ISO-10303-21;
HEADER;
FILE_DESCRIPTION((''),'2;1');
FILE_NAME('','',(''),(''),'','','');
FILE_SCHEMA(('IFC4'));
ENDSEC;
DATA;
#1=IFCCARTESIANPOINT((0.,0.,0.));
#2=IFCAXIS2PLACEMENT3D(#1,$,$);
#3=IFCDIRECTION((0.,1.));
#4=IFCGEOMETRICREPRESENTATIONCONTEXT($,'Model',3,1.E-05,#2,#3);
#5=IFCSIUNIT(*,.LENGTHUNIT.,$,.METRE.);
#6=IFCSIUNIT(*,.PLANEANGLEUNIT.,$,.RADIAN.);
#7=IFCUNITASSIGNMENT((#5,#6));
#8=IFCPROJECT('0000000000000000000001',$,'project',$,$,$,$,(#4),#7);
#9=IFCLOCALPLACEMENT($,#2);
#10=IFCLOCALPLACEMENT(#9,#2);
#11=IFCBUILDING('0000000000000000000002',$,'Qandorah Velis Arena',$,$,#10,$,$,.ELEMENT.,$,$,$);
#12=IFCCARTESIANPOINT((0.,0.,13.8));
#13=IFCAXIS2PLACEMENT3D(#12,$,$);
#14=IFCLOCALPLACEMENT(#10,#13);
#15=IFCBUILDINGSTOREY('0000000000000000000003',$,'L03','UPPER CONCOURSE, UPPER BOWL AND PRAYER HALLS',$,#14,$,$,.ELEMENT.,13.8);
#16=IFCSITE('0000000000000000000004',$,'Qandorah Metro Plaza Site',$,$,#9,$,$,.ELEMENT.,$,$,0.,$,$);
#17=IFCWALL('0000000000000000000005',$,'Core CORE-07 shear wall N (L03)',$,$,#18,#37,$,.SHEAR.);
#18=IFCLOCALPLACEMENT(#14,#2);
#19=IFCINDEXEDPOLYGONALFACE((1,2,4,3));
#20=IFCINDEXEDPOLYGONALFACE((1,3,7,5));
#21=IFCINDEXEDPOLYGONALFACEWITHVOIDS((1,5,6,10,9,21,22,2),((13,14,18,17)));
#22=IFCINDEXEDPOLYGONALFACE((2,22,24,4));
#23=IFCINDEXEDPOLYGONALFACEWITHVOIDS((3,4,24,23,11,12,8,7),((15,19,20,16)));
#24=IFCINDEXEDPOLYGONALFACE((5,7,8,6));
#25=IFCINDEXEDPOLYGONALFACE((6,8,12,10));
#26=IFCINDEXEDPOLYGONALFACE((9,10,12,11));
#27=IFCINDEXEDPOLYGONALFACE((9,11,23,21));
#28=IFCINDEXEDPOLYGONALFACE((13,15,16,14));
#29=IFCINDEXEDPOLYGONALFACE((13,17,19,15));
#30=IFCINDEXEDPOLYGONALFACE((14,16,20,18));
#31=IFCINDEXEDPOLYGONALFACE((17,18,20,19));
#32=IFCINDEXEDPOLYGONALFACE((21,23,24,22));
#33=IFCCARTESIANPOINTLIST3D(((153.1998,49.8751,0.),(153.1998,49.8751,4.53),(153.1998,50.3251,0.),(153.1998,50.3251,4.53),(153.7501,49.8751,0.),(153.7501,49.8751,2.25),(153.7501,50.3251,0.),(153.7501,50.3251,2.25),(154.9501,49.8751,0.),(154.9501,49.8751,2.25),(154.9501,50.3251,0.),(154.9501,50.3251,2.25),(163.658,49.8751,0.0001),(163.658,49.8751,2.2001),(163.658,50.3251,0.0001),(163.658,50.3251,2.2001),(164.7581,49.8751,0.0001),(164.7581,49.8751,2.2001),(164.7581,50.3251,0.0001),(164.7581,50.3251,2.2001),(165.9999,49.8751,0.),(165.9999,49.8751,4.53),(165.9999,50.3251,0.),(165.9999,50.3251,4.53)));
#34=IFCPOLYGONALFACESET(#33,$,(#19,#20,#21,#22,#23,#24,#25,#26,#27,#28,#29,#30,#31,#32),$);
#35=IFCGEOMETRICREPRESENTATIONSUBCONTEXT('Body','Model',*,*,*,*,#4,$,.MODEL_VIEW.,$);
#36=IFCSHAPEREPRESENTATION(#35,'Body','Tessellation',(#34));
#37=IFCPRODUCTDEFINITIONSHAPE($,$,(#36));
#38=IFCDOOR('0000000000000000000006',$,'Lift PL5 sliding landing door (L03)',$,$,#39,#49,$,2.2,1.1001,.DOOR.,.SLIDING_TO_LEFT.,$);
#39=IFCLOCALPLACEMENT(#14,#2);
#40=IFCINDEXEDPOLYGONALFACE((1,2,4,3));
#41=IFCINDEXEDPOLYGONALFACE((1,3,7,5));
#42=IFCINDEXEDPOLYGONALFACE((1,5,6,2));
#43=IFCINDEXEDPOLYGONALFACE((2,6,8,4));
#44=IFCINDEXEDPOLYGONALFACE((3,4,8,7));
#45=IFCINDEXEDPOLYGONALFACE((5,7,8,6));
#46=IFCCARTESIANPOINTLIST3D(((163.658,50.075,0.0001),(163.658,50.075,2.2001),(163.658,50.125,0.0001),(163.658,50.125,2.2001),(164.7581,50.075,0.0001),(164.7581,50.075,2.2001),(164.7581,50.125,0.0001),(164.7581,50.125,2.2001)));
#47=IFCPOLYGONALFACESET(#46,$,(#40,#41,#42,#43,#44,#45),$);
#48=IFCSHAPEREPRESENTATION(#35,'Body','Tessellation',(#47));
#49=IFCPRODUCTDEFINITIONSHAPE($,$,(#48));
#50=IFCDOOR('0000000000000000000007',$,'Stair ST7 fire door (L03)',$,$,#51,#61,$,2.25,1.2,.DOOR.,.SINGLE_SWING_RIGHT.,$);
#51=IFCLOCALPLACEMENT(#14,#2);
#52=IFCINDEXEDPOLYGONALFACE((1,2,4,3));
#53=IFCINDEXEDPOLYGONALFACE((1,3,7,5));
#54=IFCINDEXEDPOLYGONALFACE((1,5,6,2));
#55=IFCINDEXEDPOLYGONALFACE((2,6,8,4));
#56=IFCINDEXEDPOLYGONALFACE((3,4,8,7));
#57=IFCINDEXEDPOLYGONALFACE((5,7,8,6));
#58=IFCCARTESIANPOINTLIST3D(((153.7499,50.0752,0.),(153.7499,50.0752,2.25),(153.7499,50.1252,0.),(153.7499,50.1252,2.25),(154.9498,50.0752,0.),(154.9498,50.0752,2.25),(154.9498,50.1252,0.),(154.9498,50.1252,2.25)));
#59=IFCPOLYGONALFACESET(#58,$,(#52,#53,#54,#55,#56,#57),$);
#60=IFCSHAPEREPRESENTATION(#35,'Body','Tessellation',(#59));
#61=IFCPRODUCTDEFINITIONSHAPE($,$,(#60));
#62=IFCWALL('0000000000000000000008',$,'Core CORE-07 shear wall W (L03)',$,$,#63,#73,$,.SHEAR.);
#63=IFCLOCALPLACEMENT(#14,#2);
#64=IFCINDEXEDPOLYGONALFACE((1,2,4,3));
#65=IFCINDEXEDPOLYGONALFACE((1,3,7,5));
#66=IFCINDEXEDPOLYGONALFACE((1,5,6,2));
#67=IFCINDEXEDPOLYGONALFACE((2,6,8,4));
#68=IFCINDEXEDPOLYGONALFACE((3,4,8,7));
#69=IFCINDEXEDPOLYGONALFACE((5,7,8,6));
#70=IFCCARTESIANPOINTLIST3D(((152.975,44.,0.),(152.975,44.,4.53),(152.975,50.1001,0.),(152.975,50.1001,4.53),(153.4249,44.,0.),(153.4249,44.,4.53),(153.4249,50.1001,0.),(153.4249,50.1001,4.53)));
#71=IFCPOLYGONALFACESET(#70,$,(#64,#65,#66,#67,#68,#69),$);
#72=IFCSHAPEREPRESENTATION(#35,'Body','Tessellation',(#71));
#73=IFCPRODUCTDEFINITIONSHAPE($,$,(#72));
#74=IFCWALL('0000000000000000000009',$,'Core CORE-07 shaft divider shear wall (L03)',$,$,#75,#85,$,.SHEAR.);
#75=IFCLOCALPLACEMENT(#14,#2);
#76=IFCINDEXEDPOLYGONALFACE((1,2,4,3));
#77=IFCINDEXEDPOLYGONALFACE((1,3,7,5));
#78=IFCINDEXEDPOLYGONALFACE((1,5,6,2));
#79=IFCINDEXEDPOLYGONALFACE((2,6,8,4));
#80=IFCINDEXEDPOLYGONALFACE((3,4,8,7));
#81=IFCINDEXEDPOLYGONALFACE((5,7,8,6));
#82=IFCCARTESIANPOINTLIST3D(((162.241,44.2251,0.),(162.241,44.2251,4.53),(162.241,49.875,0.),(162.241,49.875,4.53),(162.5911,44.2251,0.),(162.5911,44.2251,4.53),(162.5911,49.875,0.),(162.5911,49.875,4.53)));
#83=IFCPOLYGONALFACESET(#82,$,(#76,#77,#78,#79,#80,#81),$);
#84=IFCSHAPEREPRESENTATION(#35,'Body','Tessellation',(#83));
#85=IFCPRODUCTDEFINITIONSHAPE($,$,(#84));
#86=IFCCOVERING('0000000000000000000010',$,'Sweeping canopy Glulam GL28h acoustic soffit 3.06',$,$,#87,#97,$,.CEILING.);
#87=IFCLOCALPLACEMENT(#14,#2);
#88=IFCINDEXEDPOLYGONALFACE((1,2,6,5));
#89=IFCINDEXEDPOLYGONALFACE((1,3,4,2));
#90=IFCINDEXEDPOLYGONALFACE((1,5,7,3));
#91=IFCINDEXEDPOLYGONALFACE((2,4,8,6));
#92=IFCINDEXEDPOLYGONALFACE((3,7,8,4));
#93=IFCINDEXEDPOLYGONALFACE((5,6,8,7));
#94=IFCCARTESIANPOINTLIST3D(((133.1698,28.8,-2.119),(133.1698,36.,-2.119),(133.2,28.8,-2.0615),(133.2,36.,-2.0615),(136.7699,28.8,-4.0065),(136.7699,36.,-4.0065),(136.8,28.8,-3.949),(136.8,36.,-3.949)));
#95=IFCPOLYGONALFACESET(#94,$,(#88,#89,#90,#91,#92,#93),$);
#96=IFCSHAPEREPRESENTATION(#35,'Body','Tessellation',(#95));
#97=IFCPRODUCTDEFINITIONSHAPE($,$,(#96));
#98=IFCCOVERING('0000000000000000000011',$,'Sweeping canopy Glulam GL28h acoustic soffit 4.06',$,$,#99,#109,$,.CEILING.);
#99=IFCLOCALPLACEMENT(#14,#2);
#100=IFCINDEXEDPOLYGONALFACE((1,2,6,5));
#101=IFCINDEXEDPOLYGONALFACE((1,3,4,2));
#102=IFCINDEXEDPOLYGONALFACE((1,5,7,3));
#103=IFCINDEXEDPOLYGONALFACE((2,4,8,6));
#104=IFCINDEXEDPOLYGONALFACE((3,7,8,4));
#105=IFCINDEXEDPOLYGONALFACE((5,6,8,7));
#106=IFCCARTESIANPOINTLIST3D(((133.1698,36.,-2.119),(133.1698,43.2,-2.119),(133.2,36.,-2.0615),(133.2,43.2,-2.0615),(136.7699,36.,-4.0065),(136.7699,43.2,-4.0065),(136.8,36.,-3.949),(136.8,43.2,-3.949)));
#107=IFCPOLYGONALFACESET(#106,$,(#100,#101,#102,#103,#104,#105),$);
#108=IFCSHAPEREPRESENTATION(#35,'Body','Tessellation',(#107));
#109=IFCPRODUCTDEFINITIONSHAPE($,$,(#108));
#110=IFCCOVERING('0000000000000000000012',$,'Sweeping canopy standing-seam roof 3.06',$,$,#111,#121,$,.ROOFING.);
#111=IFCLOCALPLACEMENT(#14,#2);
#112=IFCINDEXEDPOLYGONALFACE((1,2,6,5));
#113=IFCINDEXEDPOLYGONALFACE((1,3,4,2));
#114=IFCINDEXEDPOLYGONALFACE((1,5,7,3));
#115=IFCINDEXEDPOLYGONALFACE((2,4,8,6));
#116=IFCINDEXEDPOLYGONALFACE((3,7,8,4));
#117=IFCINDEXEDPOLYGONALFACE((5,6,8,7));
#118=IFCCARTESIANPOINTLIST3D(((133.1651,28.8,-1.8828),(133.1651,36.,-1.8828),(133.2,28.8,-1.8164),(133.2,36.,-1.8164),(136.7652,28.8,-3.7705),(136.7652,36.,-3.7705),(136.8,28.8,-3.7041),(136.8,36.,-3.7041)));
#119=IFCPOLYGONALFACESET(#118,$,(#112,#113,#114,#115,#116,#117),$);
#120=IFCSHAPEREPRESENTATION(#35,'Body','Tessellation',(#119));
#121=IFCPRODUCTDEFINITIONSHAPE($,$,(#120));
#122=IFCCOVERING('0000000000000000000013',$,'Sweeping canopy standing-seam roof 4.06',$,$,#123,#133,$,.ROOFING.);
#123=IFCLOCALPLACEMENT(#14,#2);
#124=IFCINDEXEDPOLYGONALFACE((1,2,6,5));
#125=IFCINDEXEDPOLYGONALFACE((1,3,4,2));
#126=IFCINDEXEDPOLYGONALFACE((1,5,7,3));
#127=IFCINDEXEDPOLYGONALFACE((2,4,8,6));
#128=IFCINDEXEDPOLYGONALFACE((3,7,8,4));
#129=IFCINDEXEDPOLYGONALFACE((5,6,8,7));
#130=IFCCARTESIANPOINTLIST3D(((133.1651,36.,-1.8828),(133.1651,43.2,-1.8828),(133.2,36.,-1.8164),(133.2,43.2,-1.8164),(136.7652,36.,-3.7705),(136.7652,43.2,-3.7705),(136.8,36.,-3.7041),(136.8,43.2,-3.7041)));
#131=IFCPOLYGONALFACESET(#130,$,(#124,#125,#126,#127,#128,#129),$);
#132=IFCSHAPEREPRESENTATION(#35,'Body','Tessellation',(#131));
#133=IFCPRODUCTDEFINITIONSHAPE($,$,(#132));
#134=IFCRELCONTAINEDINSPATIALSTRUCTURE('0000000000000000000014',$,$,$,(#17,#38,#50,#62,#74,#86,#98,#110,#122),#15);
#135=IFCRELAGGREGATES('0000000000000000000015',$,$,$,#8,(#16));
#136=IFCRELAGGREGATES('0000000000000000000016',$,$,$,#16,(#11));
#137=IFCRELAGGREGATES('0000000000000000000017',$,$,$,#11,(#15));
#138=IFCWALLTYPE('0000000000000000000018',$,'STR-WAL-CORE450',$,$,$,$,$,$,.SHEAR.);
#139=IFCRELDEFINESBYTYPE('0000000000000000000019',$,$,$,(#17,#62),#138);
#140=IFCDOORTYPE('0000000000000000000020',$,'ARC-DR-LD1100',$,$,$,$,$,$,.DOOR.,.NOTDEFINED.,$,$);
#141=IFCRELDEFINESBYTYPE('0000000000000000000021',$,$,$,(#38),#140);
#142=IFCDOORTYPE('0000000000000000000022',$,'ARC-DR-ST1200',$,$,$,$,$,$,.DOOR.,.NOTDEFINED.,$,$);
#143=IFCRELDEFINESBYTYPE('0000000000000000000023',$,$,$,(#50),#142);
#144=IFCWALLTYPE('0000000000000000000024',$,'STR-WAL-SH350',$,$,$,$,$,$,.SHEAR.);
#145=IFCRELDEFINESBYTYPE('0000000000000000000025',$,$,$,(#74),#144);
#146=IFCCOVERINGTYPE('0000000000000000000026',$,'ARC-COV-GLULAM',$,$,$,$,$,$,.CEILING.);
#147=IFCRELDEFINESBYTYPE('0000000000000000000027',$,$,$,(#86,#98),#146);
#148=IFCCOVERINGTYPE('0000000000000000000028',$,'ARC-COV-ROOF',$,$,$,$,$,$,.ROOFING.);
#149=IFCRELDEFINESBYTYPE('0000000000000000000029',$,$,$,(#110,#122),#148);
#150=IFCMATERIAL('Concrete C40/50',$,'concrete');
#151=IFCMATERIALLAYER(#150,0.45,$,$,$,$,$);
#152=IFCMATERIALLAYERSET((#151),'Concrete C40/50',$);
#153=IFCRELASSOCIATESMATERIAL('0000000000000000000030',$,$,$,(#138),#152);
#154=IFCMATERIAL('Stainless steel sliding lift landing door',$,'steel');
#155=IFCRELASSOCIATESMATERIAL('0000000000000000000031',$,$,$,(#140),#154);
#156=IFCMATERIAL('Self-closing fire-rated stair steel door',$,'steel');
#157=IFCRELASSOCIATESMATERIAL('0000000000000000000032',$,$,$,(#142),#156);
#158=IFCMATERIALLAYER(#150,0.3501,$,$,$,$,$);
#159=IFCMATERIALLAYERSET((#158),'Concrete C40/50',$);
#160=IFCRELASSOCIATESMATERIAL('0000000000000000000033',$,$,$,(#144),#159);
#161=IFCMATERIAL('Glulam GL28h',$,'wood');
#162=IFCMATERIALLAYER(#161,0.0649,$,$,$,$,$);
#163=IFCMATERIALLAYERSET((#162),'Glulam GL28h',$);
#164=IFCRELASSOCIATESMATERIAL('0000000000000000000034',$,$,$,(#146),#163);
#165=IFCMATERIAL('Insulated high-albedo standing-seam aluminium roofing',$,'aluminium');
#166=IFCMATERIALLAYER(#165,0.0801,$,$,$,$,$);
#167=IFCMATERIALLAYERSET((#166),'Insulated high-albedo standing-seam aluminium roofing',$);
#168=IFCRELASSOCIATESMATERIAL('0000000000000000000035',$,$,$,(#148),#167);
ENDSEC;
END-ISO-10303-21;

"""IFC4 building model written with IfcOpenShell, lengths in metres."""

from ifc_helpers import new_model, si_unit, direction, frame, frame_2d, origin, place, context, subcontext, project, spatial, polyline, rectangle, outline, extrude, material, layer, layer_set, type_object, element, fill, save


model = new_model("IFC4")

# Units and contexts
model_context = context("Model", 3, precision=1e-05, world=origin(), true_north=direction((0.0, 1.0)))
body_context = subcontext(model_context, "Body", "Model", "MODEL_VIEW")
ifc_project = project(units=[si_unit("LENGTHUNIT", "METRE"), si_unit("PLANEANGLEUNIT", "RADIAN")], contexts=[model_context])

# Site, building, storey
site_placement = place(None, origin())
site = spatial("IfcSite", under=ifc_project, at=site_placement, Name="Qandorah Metro Plaza Site", CompositionType="ELEMENT", RefElevation=0.0)
building_placement = place(site_placement, origin())
building = spatial("IfcBuilding", under=site, at=building_placement, Name="Qandorah Velis Arena", CompositionType="ELEMENT")
storey_placement = place(building_placement, frame((0.0, 0.0, 13.8)))
storey = spatial("IfcBuildingStorey", under=building, at=storey_placement, Name="L03", Description="UPPER CONCOURSE, UPPER BOWL AND PRAYER HALLS", CompositionType="ELEMENT", Elevation=13.8)

# Shared definitions
ifc_material_1 = material(Name="Concrete C40/50", Category="concrete")

# Shared definitions
ifc_layer_1 = layer(ifc_material_1, 0.45)
ifc_layer_set_1 = layer_set([ifc_layer_1], Name="Concrete C40/50")
wall_type_1 = type_object("IfcWallType", Name="STR-WAL-CORE450", PredefinedType="SHEAR", material=ifc_layer_set_1)

# Wall, openings, doors
wall_1_placement = place(storey_placement, frame((153.2, 50.1001, 0.0), z_axis=(0.0, 0.0, 1.0), x_axis=(1.0, 0.0, 0.0)))
wall_1 = element("IfcWall", 1, at=wall_1_placement, inside=storey, type_object=wall_type_1, Name="Core CORE-07 shear wall N (L03)", PredefinedType="SHEAR", context=body_context, shape_type="SweptSolid", body=[
    extrude(rectangle(XDim=12.8, YDim=0.45, at=frame_2d((6.3999, 0.0))), origin(), (0.0, 0.0, 1.0), 4.53),
])
opening_1_placement = place(wall_1_placement, frame((0.55, 0.0, 0.0)))
opening_1 = element("IfcOpeningElement", 2, at=opening_1_placement, cuts=wall_1, PredefinedType="OPENING", context=body_context, shape_type="SweptSolid", body=[
    extrude(rectangle(XDim=1.2, YDim=2.25, at=frame_2d((0.6001, 1.125))), frame((0.0, 0.2349, 0.0), z_axis=(0.0, -1.0, 0.0), x_axis=(1.0, 0.0, 0.0)), (0.0, 0.0, 1.0), 0.47),
])
opening_2_placement = place(wall_1_placement, frame((10.458, 0.0, 0.0)))
opening_2 = element("IfcOpeningElement", 3, at=opening_2_placement, cuts=wall_1, PredefinedType="OPENING", context=body_context, shape_type="SweptSolid", body=[
    extrude(rectangle(XDim=1.1001, YDim=2.2, at=frame_2d((0.55, 1.1001))), frame((0.0, 0.2349, 0.0), z_axis=(0.0, -1.0, 0.0), x_axis=(1.0, 0.0, 0.0)), (0.0, 0.0, 1.0), 0.47),
])
ifc_material_2 = material(Name="Stainless steel sliding lift landing door", Category="steel")
door_type_1 = type_object("IfcDoorType", Name="ARC-DR-LD1100", OperationType="NOTDEFINED", PredefinedType="DOOR", material=ifc_material_2)
door_1_placement = place(opening_2_placement, origin())
door_1 = element("IfcDoor", 4, at=door_1_placement, inside=storey, type_object=door_type_1, Name="Lift PL5 sliding landing door (L03)", OperationType="SLIDING_TO_LEFT", OverallHeight=2.2, OverallWidth=1.1001, PredefinedType="DOOR", context=body_context, shape_type="SweptSolid", body=[
    extrude(rectangle(XDim=1.1001, YDim=2.2, at=frame_2d((0.55, 1.1001))), frame((0.0, 0.0249, 0.0), z_axis=(0.0, -1.0, 0.0), x_axis=(1.0, 0.0, 0.0)), (0.0, 0.0, 1.0), 0.05),
])
fill(opening_2, door_1)
ifc_material_3 = material(Name="Self-closing fire-rated stair steel door", Category="steel")
door_type_2 = type_object("IfcDoorType", Name="ARC-DR-ST1200", OperationType="NOTDEFINED", PredefinedType="DOOR", material=ifc_material_3)
door_2_placement = place(opening_1_placement, frame((1.2, 0.0, 0.0), z_axis=(0.0, 0.0, 1.0), x_axis=(-1.0, 0.0, 0.0)))
door_2 = element("IfcDoor", 5, at=door_2_placement, inside=storey, type_object=door_type_2, Name="Stair ST7 fire door (L03)", OperationType="SINGLE_SWING_RIGHT", OverallHeight=2.25, OverallWidth=1.2, PredefinedType="DOOR", context=body_context, shape_type="SweptSolid", body=[
    extrude(rectangle(XDim=1.2, YDim=2.25, at=frame_2d((0.6001, 1.125))), frame((0.0, 0.0249, 0.0), z_axis=(0.0, -1.0, 0.0), x_axis=(1.0, 0.0, 0.0)), (0.0, 0.0, 1.0), 0.05),
])
fill(opening_1, door_2)

# Walls
wall_2_placement = place(storey_placement, frame((153.2, 44.0, 0.0), z_axis=(0.0, 0.0, 1.0), x_axis=(0.0, 1.0, 0.0)))
element("IfcWall", 6, at=wall_2_placement, inside=storey, type_object=wall_type_1, Name="Core CORE-07 shear wall W (L03)", PredefinedType="SHEAR", context=body_context, shape_type="SweptSolid", body=[
    extrude(rectangle(XDim=6.1001, YDim=0.45, at=frame_2d((3.05, 0.0))), origin(), (0.0, 0.0, 1.0), 4.53),
])
ifc_layer_2 = layer(ifc_material_1, 0.3501)
ifc_layer_set_2 = layer_set([ifc_layer_2], Name="Concrete C40/50")
wall_type_2 = type_object("IfcWallType", Name="STR-WAL-SH350", PredefinedType="SHEAR", material=ifc_layer_set_2)
wall_3_placement = place(storey_placement, frame((162.416, 44.2251, 0.0), z_axis=(0.0, 0.0, 1.0), x_axis=(0.0, 1.0, 0.0)))
element("IfcWall", 7, at=wall_3_placement, inside=storey, type_object=wall_type_2, Name="Core CORE-07 shaft divider shear wall (L03)", PredefinedType="SHEAR", context=body_context, shape_type="SweptSolid", body=[
    extrude(rectangle(XDim=5.6499, YDim=0.3501, at=frame_2d((2.825, 0.0))), origin(), (0.0, 0.0, 1.0), 4.53),
])

# Coverings
ifc_material_4 = material(Name="Glulam GL28h", Category="wood")
ifc_layer_3 = layer(ifc_material_4, 0.0649)
ifc_layer_set_3 = layer_set([ifc_layer_3], Name="Glulam GL28h")
covering_type_1 = type_object("IfcCoveringType", Name="ARC-COV-GLULAM", PredefinedType="CEILING", material=ifc_layer_set_3)
for number, where, z_axis, x_axis, name in (
    (8, (133.2, 28.8, -2.0615), (0.464332, 0.0, 0.885661), (0.885661, 0.0, -0.464332), "Sweeping canopy Glulam GL28h acoustic soffit 3.06"),
    (9, (133.2, 36.0, -2.0615), (0.464332, 0.0, 0.885661), (0.885661, 0.0, -0.464332), "Sweeping canopy Glulam GL28h acoustic soffit 4.06"),
):
    element("IfcCovering", number, at=place(storey_placement, frame(where, z_axis=z_axis, x_axis=x_axis)), inside=storey, type_object=covering_type_1, Name=name, PredefinedType="CEILING", context=body_context, shape_type="SweptSolid", body=[
        extrude(outline(polyline([(0.0, 0.0), (4.0649, 0.0), (4.0649, 7.2), (0.0, 7.2), (0.0, 0.0)])), origin(), (0.0, 0.0, -1.0), 0.0649),
    ])
ifc_material_5 = material(Name="Insulated high-albedo standing-seam aluminium roofing", Category="aluminium")
ifc_layer_4 = layer(ifc_material_5, 0.0801)
ifc_layer_set_4 = layer_set([ifc_layer_4], Name="Insulated high-albedo standing-seam aluminium roofing")
covering_type_2 = type_object("IfcCoveringType", Name="ARC-COV-ROOF", PredefinedType="ROOFING", material=ifc_layer_set_4)
for number, where, z_axis, x_axis, name in (
    (10, (133.2, 28.8, -1.8164), (0.464379, 0.0, 0.885636), (0.885636, 0.0, -0.464379), "Sweeping canopy standing-seam roof 3.06"),
    (11, (133.2, 36.0, -1.8164), (0.464379, 0.0, 0.885636), (0.885636, 0.0, -0.464379), "Sweeping canopy standing-seam roof 4.06"),
):
    element("IfcCovering", number, at=place(storey_placement, frame(where, z_axis=z_axis, x_axis=x_axis)), inside=storey, type_object=covering_type_2, Name=name, PredefinedType="ROOFING", context=body_context, shape_type="SweptSolid", body=[
        extrude(outline(polyline([(0.0, 0.0), (4.065, 0.0), (4.065, 7.2), (0.0, 7.2), (0.0, 0.0)])), origin(), (0.0, 0.0, -1.0), 0.075),
    ])

save(model, "model.ifc")
